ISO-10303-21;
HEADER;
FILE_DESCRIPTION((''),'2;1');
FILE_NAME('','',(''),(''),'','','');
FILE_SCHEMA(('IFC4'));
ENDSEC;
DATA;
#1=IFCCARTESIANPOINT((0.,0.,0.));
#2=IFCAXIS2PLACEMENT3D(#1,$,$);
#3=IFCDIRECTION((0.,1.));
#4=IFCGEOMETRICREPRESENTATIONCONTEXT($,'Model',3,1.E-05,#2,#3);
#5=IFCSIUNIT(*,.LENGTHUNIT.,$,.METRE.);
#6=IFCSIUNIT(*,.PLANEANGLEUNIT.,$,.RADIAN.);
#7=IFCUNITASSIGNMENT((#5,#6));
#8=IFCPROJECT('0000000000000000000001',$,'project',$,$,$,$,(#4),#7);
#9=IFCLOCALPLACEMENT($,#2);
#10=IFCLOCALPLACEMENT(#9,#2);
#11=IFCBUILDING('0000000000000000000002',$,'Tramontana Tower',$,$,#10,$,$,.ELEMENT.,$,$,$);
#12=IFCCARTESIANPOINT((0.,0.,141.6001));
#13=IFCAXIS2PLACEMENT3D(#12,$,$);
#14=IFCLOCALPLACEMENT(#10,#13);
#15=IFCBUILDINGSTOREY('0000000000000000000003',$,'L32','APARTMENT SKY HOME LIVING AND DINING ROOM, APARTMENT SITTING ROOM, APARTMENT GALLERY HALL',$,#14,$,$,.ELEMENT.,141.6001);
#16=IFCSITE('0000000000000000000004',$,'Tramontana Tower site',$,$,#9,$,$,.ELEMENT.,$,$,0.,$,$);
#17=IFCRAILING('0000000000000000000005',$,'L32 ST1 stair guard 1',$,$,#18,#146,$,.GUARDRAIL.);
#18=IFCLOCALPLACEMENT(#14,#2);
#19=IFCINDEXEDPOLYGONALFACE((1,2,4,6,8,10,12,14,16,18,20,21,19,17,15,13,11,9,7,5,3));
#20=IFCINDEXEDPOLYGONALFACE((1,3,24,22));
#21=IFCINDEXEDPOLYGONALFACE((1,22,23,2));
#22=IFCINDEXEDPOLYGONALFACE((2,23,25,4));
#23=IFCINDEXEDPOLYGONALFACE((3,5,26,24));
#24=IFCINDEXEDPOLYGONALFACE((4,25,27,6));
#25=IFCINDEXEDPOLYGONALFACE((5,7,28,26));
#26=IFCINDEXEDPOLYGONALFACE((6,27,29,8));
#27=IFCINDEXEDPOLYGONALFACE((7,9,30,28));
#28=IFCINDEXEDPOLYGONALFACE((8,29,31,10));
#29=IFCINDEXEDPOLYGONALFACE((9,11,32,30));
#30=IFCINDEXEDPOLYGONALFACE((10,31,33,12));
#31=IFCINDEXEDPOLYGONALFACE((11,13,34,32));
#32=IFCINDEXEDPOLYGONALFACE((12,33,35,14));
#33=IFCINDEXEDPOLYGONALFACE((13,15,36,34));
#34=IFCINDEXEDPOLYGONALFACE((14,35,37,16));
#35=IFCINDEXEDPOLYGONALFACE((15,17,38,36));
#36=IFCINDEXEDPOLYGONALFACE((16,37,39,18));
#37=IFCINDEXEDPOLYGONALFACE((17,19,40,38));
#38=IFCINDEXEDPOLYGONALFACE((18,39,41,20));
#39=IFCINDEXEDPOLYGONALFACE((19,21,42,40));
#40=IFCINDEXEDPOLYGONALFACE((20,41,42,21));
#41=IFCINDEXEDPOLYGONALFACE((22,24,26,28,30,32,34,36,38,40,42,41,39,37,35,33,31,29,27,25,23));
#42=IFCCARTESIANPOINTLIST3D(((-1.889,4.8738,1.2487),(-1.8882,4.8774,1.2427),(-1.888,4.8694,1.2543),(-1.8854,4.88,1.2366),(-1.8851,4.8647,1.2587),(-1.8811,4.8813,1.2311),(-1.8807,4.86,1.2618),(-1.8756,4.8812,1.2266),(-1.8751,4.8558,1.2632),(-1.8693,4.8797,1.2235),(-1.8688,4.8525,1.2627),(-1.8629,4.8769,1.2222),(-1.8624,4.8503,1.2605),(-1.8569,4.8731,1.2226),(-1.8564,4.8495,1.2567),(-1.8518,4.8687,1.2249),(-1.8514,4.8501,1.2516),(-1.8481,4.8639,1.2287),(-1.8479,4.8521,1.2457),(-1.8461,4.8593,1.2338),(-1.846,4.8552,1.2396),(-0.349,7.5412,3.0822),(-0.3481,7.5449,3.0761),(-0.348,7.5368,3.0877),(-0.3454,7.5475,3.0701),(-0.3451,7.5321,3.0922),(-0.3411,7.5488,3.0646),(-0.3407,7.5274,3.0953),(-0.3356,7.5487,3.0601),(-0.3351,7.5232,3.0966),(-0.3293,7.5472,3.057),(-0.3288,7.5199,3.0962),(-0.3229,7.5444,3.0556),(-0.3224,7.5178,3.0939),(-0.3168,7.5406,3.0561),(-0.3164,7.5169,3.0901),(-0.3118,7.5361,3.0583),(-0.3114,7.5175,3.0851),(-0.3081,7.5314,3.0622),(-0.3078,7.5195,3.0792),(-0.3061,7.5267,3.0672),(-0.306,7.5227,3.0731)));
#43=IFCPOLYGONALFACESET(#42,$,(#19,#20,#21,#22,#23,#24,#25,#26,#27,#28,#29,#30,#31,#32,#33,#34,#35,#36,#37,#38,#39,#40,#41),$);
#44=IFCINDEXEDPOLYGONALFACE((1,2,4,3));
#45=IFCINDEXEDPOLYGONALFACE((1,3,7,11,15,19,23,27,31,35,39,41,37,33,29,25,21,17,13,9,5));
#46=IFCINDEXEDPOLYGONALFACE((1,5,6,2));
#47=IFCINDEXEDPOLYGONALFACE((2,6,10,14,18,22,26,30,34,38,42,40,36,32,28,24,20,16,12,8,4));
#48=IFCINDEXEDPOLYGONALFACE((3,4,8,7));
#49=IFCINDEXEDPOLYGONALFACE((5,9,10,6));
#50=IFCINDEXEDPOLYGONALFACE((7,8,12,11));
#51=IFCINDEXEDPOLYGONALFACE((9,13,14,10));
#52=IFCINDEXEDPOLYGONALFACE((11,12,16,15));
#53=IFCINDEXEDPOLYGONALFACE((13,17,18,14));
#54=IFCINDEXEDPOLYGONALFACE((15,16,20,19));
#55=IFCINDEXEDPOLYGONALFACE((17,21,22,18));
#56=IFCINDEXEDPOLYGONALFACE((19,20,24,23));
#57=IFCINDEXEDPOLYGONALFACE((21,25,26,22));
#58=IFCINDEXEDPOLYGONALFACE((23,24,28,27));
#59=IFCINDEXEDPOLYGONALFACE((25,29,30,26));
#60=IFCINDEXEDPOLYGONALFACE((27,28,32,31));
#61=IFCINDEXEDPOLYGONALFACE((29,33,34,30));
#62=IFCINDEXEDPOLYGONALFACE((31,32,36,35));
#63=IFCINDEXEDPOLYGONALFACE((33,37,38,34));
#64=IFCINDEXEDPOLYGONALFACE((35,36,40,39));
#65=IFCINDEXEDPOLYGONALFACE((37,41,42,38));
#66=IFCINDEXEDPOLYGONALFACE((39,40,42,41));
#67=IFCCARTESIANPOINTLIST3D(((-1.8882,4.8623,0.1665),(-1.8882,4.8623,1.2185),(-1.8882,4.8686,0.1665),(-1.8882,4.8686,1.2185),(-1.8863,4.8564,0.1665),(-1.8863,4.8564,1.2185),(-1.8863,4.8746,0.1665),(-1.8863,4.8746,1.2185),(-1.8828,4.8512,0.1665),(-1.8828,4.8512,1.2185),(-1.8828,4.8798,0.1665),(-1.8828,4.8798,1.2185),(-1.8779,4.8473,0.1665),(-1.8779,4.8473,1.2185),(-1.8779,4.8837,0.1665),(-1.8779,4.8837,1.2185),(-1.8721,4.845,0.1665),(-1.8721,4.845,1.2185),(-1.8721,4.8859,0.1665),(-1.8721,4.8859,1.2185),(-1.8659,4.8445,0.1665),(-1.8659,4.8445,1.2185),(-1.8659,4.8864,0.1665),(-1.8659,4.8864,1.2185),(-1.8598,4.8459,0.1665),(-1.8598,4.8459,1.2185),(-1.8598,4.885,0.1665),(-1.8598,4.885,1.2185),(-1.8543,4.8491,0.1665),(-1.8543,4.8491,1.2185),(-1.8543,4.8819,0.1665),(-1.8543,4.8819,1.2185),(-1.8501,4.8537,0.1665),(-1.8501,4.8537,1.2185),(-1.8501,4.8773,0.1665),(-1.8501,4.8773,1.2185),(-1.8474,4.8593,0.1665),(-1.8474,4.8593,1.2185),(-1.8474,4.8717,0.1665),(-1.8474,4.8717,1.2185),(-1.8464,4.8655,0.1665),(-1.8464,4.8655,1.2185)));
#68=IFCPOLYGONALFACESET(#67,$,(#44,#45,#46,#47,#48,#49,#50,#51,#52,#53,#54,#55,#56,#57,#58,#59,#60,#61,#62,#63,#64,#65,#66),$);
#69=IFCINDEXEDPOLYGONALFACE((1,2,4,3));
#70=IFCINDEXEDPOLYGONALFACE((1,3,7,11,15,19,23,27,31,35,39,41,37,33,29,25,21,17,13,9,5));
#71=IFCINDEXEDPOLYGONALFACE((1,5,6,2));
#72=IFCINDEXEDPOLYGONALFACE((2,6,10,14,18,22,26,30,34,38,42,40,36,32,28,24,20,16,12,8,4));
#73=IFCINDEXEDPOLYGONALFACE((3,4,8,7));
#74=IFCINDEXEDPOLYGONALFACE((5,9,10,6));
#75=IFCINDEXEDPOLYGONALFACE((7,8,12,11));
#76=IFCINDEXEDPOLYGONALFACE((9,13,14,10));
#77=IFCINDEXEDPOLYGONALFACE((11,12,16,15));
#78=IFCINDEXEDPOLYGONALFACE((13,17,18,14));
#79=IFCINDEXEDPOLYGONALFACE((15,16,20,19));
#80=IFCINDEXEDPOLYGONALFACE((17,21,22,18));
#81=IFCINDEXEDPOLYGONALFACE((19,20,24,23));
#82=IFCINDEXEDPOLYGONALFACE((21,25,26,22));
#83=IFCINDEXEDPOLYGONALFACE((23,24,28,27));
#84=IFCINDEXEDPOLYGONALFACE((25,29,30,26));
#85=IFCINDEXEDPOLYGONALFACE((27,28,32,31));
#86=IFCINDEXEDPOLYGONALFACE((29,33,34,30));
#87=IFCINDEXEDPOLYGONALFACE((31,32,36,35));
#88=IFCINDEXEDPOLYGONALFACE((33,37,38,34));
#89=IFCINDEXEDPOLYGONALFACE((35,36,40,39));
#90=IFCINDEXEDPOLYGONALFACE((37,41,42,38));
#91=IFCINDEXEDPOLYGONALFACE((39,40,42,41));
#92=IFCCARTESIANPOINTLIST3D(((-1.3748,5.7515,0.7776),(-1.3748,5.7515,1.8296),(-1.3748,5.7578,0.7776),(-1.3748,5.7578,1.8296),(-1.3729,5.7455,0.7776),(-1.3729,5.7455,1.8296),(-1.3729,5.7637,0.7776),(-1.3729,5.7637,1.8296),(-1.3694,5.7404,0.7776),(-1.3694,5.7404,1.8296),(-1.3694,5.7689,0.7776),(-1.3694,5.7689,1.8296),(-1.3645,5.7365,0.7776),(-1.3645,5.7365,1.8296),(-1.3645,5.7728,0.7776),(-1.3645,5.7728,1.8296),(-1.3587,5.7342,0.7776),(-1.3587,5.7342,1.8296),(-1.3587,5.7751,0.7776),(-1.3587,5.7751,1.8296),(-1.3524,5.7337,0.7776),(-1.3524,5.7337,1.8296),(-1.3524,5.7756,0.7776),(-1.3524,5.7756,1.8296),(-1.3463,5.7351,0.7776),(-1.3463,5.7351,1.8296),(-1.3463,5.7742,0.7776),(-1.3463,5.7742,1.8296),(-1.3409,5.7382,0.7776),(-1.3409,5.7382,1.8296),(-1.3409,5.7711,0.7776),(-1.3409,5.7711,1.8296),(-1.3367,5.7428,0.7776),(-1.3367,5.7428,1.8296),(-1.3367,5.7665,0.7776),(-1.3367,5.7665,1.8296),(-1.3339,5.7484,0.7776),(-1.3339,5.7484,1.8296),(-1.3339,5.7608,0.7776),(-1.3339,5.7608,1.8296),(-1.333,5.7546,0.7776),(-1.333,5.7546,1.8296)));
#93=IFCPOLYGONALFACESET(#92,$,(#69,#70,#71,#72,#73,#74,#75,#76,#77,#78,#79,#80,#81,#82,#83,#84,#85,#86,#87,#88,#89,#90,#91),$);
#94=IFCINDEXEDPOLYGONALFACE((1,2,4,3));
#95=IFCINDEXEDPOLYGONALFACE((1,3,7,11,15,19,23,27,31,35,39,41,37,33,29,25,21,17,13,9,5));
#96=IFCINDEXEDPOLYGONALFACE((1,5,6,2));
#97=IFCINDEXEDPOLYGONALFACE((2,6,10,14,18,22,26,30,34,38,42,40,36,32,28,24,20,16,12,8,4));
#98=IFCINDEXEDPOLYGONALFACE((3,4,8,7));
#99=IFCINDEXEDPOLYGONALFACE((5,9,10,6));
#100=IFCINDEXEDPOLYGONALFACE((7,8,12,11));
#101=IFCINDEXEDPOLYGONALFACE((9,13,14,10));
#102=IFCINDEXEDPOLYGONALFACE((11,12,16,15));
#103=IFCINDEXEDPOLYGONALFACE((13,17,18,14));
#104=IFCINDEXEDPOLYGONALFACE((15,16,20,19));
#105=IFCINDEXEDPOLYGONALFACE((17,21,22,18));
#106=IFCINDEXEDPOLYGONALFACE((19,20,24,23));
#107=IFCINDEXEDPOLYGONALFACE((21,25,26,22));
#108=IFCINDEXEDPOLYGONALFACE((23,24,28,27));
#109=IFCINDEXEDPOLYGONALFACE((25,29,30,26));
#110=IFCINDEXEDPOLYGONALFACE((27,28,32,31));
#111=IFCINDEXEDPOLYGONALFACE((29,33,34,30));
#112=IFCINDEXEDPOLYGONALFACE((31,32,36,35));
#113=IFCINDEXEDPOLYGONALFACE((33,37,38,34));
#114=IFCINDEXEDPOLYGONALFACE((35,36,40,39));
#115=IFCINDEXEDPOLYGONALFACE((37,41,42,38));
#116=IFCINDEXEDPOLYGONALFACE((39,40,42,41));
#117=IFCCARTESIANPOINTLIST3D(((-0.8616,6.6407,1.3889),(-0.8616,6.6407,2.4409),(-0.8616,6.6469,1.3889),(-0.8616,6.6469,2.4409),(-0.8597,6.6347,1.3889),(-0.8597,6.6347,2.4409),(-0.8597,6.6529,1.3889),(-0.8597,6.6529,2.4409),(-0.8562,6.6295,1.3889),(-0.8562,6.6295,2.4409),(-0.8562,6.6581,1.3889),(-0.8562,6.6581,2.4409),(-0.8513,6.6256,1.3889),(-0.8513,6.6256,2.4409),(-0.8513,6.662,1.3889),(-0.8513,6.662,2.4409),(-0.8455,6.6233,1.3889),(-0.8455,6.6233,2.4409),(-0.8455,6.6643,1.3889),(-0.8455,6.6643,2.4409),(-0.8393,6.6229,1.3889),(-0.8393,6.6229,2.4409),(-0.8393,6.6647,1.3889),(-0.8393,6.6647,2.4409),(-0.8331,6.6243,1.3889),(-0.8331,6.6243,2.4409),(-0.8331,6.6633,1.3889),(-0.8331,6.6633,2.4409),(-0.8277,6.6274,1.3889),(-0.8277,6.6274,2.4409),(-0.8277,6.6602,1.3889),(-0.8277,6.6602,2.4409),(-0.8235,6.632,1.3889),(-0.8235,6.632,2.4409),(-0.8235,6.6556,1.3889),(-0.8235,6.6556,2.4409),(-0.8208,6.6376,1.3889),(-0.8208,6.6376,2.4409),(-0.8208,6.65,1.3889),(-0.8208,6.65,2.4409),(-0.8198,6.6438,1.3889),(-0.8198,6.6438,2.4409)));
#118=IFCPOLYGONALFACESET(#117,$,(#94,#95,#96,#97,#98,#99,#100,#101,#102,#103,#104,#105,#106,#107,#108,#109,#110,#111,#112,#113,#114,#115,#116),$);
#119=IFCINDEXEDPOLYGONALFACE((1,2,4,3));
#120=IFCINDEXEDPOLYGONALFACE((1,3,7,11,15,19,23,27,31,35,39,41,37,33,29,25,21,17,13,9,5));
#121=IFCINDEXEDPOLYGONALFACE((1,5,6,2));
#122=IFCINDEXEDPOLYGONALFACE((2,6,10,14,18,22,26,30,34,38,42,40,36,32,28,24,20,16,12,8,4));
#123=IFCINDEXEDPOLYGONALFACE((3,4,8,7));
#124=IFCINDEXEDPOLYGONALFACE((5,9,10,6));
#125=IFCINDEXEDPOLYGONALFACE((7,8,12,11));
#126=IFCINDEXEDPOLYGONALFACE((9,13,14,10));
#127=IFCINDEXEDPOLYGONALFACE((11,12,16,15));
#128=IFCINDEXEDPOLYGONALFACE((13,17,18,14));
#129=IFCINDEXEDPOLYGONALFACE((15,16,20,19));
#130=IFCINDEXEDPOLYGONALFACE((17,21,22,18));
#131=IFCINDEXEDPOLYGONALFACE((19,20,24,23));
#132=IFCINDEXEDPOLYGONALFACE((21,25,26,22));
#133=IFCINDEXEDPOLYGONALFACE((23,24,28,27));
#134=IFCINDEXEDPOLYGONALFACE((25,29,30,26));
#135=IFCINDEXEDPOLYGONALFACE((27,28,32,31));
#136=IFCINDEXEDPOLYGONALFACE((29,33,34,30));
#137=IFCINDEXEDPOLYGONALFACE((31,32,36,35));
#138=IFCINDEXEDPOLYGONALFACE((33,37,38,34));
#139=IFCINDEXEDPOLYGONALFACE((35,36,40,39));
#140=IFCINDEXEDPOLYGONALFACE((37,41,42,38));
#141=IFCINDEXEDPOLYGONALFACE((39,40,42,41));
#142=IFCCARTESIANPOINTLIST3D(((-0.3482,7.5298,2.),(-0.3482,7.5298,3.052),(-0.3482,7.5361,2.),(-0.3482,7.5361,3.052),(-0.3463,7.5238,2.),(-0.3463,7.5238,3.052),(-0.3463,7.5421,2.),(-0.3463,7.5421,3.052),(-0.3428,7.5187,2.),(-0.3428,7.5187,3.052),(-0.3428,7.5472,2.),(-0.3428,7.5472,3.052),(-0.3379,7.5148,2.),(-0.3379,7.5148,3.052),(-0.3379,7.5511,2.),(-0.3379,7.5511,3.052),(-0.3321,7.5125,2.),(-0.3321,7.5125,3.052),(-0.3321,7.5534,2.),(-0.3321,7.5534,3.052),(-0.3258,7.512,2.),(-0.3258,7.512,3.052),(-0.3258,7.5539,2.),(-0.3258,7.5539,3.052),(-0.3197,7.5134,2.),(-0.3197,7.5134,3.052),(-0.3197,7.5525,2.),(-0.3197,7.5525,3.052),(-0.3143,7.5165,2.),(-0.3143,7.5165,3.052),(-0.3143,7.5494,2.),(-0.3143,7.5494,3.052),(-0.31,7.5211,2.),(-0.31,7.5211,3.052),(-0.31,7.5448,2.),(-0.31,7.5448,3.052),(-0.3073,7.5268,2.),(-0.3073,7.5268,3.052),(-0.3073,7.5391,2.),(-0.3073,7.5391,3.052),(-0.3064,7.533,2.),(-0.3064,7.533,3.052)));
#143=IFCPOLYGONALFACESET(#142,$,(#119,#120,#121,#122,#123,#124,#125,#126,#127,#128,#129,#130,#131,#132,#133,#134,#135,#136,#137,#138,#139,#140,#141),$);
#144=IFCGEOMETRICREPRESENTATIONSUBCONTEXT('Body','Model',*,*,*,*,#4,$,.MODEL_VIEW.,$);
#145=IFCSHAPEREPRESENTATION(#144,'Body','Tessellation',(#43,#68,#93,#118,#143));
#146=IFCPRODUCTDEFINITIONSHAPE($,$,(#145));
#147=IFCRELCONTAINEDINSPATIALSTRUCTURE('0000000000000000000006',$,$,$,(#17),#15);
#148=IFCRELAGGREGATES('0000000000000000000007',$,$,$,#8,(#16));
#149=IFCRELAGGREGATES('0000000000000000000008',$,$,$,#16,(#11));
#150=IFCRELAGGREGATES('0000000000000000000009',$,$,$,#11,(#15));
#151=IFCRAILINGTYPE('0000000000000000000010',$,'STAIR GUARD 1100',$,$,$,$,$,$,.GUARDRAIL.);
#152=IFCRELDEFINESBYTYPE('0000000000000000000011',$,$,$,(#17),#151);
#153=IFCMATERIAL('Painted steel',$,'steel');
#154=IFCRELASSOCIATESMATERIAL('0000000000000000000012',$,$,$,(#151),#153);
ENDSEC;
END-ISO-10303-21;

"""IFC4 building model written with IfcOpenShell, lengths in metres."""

from ifc_helpers import new_model, si_unit, direction, frame, origin, origin_2d, place, context, subcontext, project, spatial, circle, extrude, material, type_object, element, save


model = new_model("IFC4")

# Units and contexts
model_context = context("Model", 3, precision=1e-05, world=origin(), true_north=direction((0.0, 1.0)))
body_context = subcontext(model_context, "Body", "Model", "MODEL_VIEW")
ifc_project = project(units=[si_unit("LENGTHUNIT", "METRE"), si_unit("PLANEANGLEUNIT", "RADIAN")], contexts=[model_context])

# Site, building, storey
site_placement = place(None, origin())
site = spatial("IfcSite", under=ifc_project, at=site_placement, Name="Tramontana Tower site", CompositionType="ELEMENT", RefElevation=0.0)
building_placement = place(site_placement, origin())
building = spatial("IfcBuilding", under=site, at=building_placement, Name="Tramontana Tower", CompositionType="ELEMENT")
storey_placement = place(building_placement, frame((0.0, 0.0, 141.6001)))
storey = spatial("IfcBuildingStorey", under=building, at=storey_placement, Name="L32", Description="APARTMENT SKY HOME LIVING AND DINING ROOM, APARTMENT SITTING ROOM, APARTMENT GALLERY HALL", CompositionType="ELEMENT", Elevation=141.6001)

# Railing
ifc_material_1 = material(Name="Painted steel", Category="steel")
railing_type_1 = type_object("IfcRailingType", Name="STAIR GUARD 1100", PredefinedType="GUARDRAIL", material=ifc_material_1)
railing_1_placement = place(storey_placement, frame((-1.8674, 4.8655, 0.1665)))
element("IfcRailing", 1, at=railing_1_placement, inside=storey, type_object=railing_type_1, Name="L32 ST1 stair guard 1", PredefinedType="GUARDRAIL", context=body_context, shape_type="SweptSolid", body=[
    extrude(circle(Radius=0.0239, at=origin_2d()), frame((0.0, 0.0, 1.0762), z_axis=(0.429634, 0.744164, 0.511502), x_axis=(-0.86603, 0.499992, 0.0)), (0.0, 0.0, 1.0), 3.5845),
    extrude(circle(Radius=0.021, at=origin_2d()), origin(), (0.0, 0.0, 1.0), 1.052),
    extrude(circle(Radius=0.021, at=origin_2d()), frame((0.5134, 0.8892, 0.6111)), (0.0, 0.0, 1.0), 1.052),
    extrude(circle(Radius=0.021, at=origin_2d()), frame((1.0266, 1.7783, 1.2224)), (0.0, 0.0, 1.0), 1.052),
    extrude(circle(Radius=0.021, at=origin_2d()), frame((1.54, 2.6675, 1.8335)), (0.0, 0.0, 1.0), 1.052),
])

save(model, "model.ifc")
